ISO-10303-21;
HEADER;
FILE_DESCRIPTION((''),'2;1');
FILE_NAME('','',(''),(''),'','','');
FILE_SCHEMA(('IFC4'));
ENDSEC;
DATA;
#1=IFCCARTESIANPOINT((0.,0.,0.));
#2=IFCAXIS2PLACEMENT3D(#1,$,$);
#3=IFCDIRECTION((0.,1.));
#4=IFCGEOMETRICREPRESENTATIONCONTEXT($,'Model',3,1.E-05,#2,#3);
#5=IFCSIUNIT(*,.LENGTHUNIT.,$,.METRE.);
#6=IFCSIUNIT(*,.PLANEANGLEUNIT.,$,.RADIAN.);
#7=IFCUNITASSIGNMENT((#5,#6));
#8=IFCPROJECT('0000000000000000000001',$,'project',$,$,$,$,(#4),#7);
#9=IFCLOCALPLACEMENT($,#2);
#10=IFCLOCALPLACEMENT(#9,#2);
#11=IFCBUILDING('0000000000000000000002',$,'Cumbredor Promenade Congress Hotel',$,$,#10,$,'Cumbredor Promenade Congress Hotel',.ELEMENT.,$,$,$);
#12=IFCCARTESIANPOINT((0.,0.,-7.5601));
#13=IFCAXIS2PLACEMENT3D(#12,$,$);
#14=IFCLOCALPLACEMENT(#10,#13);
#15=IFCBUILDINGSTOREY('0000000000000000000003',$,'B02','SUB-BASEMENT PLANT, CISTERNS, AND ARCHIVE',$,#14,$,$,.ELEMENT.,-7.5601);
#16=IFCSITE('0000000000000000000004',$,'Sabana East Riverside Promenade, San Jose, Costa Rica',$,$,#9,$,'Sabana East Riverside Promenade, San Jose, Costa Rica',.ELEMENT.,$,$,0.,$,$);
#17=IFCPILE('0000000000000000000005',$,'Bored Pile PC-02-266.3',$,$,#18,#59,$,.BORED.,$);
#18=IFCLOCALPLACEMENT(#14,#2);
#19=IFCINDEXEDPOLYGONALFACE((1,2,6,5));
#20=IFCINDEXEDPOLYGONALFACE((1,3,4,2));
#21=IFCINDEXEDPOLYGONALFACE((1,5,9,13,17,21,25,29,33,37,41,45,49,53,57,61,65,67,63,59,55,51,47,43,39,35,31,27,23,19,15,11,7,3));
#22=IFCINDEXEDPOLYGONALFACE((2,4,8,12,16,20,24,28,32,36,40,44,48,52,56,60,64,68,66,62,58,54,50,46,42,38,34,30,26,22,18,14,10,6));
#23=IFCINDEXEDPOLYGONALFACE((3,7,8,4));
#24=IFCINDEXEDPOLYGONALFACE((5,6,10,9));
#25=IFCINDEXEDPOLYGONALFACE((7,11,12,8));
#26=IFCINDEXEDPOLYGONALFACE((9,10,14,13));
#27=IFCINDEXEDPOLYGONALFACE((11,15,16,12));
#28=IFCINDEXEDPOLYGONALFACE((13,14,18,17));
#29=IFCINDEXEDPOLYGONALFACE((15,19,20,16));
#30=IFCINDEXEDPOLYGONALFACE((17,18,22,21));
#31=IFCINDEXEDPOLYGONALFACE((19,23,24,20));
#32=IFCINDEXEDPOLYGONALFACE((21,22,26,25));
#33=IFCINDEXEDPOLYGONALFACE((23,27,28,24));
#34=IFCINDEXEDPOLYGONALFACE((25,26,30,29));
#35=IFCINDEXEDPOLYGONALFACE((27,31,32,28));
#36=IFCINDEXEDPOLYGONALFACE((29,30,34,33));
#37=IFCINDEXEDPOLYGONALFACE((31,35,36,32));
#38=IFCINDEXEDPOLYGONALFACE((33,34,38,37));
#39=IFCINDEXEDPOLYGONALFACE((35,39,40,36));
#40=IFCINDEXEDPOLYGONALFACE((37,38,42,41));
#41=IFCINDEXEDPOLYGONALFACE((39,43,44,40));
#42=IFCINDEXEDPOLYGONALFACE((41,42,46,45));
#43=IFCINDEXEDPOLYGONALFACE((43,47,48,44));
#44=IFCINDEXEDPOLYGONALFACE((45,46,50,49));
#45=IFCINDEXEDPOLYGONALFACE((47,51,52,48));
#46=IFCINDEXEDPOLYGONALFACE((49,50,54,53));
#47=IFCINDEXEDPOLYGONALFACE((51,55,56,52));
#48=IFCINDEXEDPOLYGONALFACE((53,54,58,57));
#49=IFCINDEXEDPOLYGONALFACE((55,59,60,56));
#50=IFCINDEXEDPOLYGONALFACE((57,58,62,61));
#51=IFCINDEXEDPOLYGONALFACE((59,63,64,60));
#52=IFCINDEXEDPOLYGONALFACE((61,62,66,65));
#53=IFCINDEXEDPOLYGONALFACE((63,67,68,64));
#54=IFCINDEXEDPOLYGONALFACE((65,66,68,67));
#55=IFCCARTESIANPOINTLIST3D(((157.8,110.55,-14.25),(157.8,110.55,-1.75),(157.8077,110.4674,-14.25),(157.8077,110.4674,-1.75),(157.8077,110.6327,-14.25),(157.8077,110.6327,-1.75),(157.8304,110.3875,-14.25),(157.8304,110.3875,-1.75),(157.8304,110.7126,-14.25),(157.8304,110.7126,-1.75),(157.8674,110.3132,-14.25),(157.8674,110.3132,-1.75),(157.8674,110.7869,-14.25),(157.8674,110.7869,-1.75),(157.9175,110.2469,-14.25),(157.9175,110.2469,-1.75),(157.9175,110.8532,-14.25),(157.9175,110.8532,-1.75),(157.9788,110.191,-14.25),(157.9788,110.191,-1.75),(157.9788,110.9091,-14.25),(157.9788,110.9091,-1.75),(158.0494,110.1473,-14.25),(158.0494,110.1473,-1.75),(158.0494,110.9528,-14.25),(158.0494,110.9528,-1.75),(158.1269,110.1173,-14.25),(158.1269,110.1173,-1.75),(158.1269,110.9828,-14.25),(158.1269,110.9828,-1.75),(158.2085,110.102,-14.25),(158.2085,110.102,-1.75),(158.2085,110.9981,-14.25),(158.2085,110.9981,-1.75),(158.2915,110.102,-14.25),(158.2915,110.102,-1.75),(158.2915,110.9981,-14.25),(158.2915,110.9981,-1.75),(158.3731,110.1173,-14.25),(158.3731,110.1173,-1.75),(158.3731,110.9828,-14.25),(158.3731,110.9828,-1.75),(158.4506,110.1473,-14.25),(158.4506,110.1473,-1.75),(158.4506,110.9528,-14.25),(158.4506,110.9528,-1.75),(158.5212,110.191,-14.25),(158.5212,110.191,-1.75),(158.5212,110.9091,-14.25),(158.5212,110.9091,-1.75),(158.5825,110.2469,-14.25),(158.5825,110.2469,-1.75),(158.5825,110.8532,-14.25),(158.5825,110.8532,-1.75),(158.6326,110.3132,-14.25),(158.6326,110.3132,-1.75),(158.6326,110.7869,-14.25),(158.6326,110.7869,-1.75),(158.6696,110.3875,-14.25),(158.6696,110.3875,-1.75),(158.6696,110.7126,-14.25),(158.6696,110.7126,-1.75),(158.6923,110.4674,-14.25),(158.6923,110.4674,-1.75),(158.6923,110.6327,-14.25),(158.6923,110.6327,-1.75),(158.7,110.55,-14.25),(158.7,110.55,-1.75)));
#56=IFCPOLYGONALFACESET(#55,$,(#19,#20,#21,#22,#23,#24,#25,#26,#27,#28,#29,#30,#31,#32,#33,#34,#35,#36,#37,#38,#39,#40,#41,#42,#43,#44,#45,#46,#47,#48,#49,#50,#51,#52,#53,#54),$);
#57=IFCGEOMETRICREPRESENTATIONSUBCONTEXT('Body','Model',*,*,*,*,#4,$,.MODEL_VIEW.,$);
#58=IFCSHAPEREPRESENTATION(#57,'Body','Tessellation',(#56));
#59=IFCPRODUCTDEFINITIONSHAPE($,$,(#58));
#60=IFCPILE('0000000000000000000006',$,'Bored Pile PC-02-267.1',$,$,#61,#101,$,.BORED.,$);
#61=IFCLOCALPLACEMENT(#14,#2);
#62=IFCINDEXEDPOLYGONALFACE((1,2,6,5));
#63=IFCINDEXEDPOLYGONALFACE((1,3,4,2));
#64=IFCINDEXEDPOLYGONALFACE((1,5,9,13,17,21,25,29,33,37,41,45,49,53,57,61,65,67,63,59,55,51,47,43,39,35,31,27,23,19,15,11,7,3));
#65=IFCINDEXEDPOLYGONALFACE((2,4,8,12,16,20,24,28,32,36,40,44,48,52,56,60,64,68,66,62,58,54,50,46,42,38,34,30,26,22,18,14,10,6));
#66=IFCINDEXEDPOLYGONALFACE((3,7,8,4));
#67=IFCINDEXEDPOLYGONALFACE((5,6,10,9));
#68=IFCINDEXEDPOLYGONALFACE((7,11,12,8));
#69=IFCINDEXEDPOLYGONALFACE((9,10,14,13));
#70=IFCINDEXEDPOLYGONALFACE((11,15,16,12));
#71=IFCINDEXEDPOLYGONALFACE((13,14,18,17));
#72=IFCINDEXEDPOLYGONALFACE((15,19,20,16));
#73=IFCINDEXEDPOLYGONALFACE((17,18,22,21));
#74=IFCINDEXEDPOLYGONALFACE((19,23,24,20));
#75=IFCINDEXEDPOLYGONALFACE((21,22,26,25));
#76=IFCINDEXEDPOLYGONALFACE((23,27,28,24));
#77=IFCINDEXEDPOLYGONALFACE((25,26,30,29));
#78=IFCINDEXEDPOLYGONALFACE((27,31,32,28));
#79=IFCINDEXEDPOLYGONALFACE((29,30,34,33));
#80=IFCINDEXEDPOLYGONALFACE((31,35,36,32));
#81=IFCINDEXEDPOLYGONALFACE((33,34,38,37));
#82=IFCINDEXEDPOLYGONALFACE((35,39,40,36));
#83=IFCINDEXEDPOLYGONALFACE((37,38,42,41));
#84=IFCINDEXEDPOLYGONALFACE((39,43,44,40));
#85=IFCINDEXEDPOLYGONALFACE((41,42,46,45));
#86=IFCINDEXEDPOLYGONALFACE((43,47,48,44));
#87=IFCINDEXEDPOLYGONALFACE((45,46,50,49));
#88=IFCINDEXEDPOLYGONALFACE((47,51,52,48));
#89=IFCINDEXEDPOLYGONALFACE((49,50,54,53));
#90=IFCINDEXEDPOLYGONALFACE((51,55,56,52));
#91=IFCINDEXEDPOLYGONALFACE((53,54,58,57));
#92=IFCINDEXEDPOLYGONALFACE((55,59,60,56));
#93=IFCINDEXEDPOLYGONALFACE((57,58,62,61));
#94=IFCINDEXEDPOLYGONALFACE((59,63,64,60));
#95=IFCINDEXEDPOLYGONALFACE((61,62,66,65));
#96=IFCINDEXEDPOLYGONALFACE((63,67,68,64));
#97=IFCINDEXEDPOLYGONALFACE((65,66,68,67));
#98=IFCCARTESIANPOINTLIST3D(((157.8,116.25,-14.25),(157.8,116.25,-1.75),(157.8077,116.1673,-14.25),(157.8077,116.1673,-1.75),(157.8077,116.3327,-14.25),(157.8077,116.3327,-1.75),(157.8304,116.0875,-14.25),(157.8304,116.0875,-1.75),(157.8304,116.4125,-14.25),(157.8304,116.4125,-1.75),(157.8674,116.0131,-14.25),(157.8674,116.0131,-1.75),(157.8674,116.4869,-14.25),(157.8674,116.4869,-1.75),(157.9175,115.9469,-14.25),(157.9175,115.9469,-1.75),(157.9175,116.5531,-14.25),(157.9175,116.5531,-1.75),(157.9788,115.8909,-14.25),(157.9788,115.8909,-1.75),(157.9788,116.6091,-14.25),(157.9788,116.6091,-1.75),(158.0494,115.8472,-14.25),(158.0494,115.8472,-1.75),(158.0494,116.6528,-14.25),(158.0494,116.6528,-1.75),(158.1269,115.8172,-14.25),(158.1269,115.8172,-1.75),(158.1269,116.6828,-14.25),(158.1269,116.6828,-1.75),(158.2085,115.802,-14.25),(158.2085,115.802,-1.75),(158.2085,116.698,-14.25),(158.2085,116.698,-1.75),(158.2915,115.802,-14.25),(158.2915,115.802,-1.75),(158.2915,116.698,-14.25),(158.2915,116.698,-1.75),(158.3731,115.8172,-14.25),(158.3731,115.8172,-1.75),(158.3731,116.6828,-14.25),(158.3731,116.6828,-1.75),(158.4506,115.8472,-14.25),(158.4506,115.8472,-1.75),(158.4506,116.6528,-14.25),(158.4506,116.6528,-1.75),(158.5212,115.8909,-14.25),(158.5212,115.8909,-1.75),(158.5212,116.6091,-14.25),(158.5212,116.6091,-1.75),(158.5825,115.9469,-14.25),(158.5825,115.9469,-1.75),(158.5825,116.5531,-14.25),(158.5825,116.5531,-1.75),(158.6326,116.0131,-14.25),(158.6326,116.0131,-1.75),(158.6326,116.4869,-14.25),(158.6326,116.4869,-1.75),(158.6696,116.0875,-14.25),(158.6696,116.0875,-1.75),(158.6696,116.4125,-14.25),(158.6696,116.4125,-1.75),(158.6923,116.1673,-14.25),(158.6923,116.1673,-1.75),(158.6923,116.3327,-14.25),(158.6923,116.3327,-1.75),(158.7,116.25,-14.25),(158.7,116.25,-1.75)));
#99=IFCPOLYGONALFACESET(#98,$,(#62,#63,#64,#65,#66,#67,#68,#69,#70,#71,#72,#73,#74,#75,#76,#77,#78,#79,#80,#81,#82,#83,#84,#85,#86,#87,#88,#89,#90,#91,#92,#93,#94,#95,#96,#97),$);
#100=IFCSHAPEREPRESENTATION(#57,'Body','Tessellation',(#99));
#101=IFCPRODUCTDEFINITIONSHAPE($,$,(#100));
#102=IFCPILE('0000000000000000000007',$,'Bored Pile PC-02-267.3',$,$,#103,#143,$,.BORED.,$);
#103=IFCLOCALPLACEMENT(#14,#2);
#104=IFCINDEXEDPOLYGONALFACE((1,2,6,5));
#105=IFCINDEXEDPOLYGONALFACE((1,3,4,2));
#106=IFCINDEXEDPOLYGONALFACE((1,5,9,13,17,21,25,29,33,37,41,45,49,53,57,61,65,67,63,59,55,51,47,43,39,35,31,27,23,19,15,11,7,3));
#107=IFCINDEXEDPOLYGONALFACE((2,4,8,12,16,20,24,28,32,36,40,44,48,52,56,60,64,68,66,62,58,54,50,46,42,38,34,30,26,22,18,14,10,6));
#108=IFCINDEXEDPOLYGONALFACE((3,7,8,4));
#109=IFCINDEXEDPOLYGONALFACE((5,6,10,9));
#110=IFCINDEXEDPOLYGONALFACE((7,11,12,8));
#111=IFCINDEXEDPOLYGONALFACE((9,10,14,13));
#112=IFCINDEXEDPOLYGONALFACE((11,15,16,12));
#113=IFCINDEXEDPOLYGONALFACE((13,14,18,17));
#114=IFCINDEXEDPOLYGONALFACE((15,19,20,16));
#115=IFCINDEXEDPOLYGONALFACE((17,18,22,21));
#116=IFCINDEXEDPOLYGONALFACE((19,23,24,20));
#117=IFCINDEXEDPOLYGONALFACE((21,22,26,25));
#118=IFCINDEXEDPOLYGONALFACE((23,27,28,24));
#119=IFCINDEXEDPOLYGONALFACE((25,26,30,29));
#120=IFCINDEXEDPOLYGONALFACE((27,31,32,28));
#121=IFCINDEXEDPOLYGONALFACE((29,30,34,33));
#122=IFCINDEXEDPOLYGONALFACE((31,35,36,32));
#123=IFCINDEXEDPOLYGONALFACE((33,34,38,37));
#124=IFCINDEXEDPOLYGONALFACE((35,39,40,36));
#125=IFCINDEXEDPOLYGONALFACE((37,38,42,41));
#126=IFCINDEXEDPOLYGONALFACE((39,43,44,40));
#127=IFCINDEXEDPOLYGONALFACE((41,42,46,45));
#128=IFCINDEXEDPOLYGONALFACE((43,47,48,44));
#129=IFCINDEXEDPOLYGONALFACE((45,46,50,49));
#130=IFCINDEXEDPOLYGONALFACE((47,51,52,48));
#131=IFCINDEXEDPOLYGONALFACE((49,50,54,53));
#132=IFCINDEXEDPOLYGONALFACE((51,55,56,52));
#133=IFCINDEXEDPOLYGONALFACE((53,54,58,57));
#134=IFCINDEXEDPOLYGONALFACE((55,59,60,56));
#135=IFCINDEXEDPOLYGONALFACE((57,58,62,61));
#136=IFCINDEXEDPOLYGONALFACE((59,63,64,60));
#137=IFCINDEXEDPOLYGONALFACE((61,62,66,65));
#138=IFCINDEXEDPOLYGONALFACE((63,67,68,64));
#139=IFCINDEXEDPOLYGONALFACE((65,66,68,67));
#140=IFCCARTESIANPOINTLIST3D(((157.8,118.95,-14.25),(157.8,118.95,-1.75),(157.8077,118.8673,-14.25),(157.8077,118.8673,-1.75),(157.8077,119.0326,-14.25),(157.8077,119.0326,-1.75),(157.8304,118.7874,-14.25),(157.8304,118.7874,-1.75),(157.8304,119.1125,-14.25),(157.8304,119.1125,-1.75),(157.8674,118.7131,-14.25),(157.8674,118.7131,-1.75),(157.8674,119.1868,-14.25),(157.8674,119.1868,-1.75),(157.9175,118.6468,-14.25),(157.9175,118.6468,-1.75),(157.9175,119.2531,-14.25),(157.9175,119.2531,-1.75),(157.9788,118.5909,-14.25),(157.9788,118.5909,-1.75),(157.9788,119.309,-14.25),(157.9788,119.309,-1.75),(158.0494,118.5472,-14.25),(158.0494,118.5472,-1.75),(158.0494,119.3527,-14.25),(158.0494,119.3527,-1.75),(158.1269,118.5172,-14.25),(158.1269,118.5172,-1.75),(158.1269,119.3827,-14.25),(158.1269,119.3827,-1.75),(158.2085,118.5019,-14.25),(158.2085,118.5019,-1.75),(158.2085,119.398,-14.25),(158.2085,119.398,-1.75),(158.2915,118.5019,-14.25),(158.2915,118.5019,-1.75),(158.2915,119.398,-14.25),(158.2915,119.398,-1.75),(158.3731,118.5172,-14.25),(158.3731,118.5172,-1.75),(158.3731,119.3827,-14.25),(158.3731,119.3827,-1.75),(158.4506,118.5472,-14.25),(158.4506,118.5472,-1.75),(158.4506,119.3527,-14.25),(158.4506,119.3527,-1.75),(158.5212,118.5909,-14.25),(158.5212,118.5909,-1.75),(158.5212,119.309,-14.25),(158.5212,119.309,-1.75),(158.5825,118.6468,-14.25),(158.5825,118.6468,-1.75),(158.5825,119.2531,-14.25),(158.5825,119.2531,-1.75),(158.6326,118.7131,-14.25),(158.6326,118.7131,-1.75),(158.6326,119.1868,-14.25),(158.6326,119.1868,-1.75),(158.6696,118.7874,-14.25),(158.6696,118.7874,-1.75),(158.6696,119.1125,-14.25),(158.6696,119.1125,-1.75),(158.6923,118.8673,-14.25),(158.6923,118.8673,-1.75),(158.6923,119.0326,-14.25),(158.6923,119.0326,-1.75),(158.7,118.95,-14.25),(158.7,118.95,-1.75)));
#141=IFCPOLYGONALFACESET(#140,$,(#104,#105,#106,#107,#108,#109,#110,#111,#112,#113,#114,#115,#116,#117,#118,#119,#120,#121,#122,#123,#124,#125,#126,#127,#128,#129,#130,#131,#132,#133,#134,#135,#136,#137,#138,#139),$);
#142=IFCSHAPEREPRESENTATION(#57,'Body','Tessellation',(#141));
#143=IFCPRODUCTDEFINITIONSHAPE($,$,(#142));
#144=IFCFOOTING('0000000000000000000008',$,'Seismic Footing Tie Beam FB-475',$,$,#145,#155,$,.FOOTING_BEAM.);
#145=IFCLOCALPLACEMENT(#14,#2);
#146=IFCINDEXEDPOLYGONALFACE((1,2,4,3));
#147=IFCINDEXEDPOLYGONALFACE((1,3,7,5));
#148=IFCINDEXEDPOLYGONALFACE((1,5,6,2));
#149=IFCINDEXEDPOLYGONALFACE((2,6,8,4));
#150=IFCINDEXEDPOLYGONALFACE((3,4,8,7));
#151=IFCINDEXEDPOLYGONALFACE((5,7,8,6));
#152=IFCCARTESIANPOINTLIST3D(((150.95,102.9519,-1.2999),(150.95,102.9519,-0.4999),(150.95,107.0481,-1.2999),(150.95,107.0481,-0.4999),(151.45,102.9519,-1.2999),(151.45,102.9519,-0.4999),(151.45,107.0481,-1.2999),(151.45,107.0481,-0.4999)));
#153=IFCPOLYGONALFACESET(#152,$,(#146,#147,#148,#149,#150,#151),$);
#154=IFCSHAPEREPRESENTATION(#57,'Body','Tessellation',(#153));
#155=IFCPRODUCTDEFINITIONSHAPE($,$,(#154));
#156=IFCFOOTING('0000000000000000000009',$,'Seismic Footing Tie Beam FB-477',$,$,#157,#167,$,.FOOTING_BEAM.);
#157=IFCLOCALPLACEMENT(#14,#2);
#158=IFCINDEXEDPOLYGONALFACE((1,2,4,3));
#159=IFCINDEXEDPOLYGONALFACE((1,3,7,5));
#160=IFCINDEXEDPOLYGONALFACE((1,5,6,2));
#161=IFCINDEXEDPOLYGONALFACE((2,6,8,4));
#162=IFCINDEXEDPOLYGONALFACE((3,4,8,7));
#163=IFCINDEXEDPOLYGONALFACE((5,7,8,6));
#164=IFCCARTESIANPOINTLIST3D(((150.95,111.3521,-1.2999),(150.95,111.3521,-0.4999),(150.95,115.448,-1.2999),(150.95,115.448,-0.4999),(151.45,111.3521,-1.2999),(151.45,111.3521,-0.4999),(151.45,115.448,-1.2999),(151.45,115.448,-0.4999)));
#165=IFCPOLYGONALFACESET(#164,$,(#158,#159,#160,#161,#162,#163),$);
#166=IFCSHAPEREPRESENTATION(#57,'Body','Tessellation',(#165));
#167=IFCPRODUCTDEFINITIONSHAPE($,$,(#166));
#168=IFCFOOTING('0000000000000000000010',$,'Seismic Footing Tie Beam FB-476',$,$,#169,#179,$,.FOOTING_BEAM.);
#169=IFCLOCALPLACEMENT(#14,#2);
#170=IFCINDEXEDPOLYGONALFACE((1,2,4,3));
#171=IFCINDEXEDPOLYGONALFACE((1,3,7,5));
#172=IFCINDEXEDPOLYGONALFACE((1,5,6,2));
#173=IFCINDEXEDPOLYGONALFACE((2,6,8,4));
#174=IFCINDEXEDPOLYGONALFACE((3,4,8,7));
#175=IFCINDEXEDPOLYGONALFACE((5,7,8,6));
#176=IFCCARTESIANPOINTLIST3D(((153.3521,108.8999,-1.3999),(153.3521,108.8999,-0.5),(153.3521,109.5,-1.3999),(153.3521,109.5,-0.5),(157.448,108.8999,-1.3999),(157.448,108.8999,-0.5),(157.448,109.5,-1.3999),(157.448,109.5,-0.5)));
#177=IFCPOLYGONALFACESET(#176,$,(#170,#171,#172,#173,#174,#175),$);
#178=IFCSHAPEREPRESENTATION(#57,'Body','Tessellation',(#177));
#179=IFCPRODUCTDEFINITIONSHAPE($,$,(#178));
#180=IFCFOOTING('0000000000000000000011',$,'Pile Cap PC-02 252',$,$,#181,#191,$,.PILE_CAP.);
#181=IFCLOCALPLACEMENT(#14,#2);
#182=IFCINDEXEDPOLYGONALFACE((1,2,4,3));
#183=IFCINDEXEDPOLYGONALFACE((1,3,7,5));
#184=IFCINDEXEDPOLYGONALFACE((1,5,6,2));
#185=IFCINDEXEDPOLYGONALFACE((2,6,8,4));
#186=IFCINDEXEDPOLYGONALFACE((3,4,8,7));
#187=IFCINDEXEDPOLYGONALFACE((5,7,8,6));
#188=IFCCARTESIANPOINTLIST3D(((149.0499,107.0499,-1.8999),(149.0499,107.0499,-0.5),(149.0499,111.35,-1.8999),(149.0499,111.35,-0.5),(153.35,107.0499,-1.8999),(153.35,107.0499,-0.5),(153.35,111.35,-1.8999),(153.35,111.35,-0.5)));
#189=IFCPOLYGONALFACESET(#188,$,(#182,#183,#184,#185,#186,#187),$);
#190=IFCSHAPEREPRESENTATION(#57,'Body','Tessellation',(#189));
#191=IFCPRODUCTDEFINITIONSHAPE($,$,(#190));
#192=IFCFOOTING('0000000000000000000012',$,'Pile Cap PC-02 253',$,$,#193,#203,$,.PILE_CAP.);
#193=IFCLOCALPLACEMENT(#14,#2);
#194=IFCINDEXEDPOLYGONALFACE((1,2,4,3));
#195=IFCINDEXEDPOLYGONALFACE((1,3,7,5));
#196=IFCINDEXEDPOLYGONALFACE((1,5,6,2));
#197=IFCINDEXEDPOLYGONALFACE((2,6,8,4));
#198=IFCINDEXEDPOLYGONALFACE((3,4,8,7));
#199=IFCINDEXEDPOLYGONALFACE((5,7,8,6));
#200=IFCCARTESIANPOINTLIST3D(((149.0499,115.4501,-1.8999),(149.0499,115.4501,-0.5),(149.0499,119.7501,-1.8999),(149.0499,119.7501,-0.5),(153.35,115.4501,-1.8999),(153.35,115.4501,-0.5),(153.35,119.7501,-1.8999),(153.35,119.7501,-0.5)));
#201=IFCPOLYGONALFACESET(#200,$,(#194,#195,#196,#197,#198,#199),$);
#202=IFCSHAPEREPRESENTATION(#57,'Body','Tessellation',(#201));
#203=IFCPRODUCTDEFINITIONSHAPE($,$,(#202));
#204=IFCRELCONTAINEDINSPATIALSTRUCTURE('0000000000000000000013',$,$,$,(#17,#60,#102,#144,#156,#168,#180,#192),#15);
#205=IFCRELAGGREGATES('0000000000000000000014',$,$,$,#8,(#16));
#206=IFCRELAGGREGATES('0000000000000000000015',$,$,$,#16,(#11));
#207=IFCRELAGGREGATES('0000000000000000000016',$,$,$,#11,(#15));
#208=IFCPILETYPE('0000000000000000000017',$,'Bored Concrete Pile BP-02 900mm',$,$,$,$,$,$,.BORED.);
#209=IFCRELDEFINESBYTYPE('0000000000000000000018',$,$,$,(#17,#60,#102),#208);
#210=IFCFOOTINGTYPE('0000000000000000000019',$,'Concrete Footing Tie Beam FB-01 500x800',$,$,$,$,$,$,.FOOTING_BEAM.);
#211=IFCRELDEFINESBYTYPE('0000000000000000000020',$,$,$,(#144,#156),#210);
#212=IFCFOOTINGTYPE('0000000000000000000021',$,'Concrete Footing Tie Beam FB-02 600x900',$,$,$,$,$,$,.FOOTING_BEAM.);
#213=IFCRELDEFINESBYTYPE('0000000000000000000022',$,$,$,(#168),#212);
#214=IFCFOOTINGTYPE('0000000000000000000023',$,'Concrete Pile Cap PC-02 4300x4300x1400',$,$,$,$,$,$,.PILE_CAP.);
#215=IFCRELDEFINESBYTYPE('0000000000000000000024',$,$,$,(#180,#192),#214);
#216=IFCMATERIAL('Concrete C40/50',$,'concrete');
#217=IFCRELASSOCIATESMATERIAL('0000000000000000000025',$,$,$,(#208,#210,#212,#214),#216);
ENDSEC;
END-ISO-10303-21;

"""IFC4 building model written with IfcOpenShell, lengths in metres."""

from ifc_helpers import new_model, si_unit, direction, frame, origin, origin_2d, place, context, subcontext, project, spatial, rectangle, circle, extrude, material, material_profile, profile_set, type_object, element, save


model = new_model("IFC4")

# Units and contexts
model_context = context("Model", 3, precision=1e-05, world=origin(), true_north=direction((0.0, 1.0)))
body_context = subcontext(model_context, "Body", "Model", "MODEL_VIEW")
ifc_project = project(units=[si_unit("LENGTHUNIT", "METRE"), si_unit("PLANEANGLEUNIT", "RADIAN")], contexts=[model_context])

# Site, building, storey
site_placement = place(None, origin())
site = spatial("IfcSite", under=ifc_project, at=site_placement, Name="Sabana East Riverside Promenade, San Jose, Costa Rica", LongName="Sabana East Riverside Promenade, San Jose, Costa Rica", CompositionType="ELEMENT", RefElevation=0.0)
building_placement = place(site_placement, origin())
building = spatial("IfcBuilding", under=site, at=building_placement, Name="Cumbredor Promenade Congress Hotel", LongName="Cumbredor Promenade Congress Hotel", CompositionType="ELEMENT")
storey_placement = place(building_placement, frame((0.0, 0.0, -7.5601)))
storey = spatial("IfcBuildingStorey", under=building, at=storey_placement, Name="B02", Description="SUB-BASEMENT PLANT, CISTERNS, AND ARCHIVE", CompositionType="ELEMENT", Elevation=-7.5601)

# Piles
ifc_material_1 = material(Name="Concrete C40/50", Category="concrete")
ifc_material_profile_1 = material_profile(ifc_material_1, circle(Radius=0.45, at=origin_2d()), Name="PILE D900")
ifc_profile_set_1 = profile_set([ifc_material_profile_1], Name="Concrete C40/50")
pile_type = type_object("IfcPileType", Name="Bored Concrete Pile BP-02 900mm", PredefinedType="BORED", material=ifc_profile_set_1)
for number, where, z_axis, x_axis, name in (
    (1, (158.25, 110.55, -1.75), (0.0, 0.0, -1.0), (1.0, 0.0, 0.0), "Bored Pile PC-02-266.3"),
    (2, (158.25, 116.25, -1.75), (0.0, 0.0, -1.0), (1.0, 0.0, 0.0), "Bored Pile PC-02-267.1"),
    (3, (158.25, 118.95, -1.75), (0.0, 0.0, -1.0), (1.0, 0.0, 0.0), "Bored Pile PC-02-267.3"),
):
    element("IfcPile", number, at=place(storey_placement, frame(where, z_axis=z_axis, x_axis=x_axis)), inside=storey, type_object=pile_type, Name=name, PredefinedType="BORED", context=body_context, shape_type="SweptSolid", body=[
        extrude(circle(Radius=0.45, at=origin_2d()), origin(), (0.0, 0.0, 1.0), 12.5),
    ])

# Footings
ifc_material_profile_2 = material_profile(ifc_material_1, rectangle(XDim=0.5, YDim=0.8, at=origin_2d()), Name="FB 500x800")
ifc_profile_set_2 = profile_set([ifc_material_profile_2], Name="Concrete C40/50")
footing_type_1 = type_object("IfcFootingType", Name="Concrete Footing Tie Beam FB-01 500x800", PredefinedType="FOOTING_BEAM", material=ifc_profile_set_2)
footing_1_placement = place(storey_placement, frame((151.2, 102.9519, -0.8999), z_axis=(0.0, 1.0, 0.0), x_axis=(-1.0, 0.0, 0.0)))
element("IfcFooting", 4, at=footing_1_placement, inside=storey, type_object=footing_type_1, Name="Seismic Footing Tie Beam FB-475", PredefinedType="FOOTING_BEAM", context=body_context, shape_type="SweptSolid", body=[
    extrude(rectangle(XDim=0.5, YDim=0.8, at=origin_2d()), origin(), (0.0, 0.0, 1.0), 4.0962),
])
footing_2_placement = place(storey_placement, frame((151.2, 111.3521, -0.8999), z_axis=(0.0, 1.0, 0.0), x_axis=(-1.0, 0.0, 0.0)))
element("IfcFooting", 5, at=footing_2_placement, inside=storey, type_object=footing_type_1, Name="Seismic Footing Tie Beam FB-477", PredefinedType="FOOTING_BEAM", context=body_context, shape_type="SweptSolid", body=[
    extrude(rectangle(XDim=0.5, YDim=0.8, at=origin_2d()), origin(), (0.0, 0.0, 1.0), 4.0959),
])
ifc_material_profile_3 = material_profile(ifc_material_1, rectangle(XDim=0.6001, YDim=0.8999, at=origin_2d()), Name="FB 600x900")
ifc_profile_set_3 = profile_set([ifc_material_profile_3], Name="Concrete C40/50")
footing_type_2 = type_object("IfcFootingType", Name="Concrete Footing Tie Beam FB-02 600x900", PredefinedType="FOOTING_BEAM", material=ifc_profile_set_3)
footing_3_placement = place(storey_placement, frame((153.3521, 109.2, -0.95), z_axis=(1.0, 0.0, 0.0), x_axis=(0.0, 1.0, 0.0)))
element("IfcFooting", 6, at=footing_3_placement, inside=storey, type_object=footing_type_2, Name="Seismic Footing Tie Beam FB-476", PredefinedType="FOOTING_BEAM", context=body_context, shape_type="SweptSolid", body=[
    extrude(rectangle(XDim=0.6001, YDim=0.8999, at=origin_2d()), origin(), (0.0, 0.0, 1.0), 4.0959),
])
footing_type_3 = type_object("IfcFootingType", Name="Concrete Pile Cap PC-02 4300x4300x1400", PredefinedType="PILE_CAP", material=ifc_material_1)
for number, where, z_axis, x_axis, name in (
    (7, (151.2, 109.2, -1.8999), (0.0, 0.0, 1.0), (1.0, 0.0, 0.0), "Pile Cap PC-02 252"),
    (8, (151.2, 117.6001, -1.8999), (0.0, 0.0, 1.0), (1.0, 0.0, 0.0), "Pile Cap PC-02 253"),
):
    element("IfcFooting", number, at=place(storey_placement, frame(where, z_axis=z_axis, x_axis=x_axis)), inside=storey, type_object=footing_type_3, Name=name, PredefinedType="PILE_CAP", context=body_context, shape_type="SweptSolid", body=[
        extrude(rectangle(XDim=4.3, YDim=4.3, at=origin_2d()), origin(), (0.0, 0.0, 1.0), 1.3999),
    ])

save(model, "model.ifc")
